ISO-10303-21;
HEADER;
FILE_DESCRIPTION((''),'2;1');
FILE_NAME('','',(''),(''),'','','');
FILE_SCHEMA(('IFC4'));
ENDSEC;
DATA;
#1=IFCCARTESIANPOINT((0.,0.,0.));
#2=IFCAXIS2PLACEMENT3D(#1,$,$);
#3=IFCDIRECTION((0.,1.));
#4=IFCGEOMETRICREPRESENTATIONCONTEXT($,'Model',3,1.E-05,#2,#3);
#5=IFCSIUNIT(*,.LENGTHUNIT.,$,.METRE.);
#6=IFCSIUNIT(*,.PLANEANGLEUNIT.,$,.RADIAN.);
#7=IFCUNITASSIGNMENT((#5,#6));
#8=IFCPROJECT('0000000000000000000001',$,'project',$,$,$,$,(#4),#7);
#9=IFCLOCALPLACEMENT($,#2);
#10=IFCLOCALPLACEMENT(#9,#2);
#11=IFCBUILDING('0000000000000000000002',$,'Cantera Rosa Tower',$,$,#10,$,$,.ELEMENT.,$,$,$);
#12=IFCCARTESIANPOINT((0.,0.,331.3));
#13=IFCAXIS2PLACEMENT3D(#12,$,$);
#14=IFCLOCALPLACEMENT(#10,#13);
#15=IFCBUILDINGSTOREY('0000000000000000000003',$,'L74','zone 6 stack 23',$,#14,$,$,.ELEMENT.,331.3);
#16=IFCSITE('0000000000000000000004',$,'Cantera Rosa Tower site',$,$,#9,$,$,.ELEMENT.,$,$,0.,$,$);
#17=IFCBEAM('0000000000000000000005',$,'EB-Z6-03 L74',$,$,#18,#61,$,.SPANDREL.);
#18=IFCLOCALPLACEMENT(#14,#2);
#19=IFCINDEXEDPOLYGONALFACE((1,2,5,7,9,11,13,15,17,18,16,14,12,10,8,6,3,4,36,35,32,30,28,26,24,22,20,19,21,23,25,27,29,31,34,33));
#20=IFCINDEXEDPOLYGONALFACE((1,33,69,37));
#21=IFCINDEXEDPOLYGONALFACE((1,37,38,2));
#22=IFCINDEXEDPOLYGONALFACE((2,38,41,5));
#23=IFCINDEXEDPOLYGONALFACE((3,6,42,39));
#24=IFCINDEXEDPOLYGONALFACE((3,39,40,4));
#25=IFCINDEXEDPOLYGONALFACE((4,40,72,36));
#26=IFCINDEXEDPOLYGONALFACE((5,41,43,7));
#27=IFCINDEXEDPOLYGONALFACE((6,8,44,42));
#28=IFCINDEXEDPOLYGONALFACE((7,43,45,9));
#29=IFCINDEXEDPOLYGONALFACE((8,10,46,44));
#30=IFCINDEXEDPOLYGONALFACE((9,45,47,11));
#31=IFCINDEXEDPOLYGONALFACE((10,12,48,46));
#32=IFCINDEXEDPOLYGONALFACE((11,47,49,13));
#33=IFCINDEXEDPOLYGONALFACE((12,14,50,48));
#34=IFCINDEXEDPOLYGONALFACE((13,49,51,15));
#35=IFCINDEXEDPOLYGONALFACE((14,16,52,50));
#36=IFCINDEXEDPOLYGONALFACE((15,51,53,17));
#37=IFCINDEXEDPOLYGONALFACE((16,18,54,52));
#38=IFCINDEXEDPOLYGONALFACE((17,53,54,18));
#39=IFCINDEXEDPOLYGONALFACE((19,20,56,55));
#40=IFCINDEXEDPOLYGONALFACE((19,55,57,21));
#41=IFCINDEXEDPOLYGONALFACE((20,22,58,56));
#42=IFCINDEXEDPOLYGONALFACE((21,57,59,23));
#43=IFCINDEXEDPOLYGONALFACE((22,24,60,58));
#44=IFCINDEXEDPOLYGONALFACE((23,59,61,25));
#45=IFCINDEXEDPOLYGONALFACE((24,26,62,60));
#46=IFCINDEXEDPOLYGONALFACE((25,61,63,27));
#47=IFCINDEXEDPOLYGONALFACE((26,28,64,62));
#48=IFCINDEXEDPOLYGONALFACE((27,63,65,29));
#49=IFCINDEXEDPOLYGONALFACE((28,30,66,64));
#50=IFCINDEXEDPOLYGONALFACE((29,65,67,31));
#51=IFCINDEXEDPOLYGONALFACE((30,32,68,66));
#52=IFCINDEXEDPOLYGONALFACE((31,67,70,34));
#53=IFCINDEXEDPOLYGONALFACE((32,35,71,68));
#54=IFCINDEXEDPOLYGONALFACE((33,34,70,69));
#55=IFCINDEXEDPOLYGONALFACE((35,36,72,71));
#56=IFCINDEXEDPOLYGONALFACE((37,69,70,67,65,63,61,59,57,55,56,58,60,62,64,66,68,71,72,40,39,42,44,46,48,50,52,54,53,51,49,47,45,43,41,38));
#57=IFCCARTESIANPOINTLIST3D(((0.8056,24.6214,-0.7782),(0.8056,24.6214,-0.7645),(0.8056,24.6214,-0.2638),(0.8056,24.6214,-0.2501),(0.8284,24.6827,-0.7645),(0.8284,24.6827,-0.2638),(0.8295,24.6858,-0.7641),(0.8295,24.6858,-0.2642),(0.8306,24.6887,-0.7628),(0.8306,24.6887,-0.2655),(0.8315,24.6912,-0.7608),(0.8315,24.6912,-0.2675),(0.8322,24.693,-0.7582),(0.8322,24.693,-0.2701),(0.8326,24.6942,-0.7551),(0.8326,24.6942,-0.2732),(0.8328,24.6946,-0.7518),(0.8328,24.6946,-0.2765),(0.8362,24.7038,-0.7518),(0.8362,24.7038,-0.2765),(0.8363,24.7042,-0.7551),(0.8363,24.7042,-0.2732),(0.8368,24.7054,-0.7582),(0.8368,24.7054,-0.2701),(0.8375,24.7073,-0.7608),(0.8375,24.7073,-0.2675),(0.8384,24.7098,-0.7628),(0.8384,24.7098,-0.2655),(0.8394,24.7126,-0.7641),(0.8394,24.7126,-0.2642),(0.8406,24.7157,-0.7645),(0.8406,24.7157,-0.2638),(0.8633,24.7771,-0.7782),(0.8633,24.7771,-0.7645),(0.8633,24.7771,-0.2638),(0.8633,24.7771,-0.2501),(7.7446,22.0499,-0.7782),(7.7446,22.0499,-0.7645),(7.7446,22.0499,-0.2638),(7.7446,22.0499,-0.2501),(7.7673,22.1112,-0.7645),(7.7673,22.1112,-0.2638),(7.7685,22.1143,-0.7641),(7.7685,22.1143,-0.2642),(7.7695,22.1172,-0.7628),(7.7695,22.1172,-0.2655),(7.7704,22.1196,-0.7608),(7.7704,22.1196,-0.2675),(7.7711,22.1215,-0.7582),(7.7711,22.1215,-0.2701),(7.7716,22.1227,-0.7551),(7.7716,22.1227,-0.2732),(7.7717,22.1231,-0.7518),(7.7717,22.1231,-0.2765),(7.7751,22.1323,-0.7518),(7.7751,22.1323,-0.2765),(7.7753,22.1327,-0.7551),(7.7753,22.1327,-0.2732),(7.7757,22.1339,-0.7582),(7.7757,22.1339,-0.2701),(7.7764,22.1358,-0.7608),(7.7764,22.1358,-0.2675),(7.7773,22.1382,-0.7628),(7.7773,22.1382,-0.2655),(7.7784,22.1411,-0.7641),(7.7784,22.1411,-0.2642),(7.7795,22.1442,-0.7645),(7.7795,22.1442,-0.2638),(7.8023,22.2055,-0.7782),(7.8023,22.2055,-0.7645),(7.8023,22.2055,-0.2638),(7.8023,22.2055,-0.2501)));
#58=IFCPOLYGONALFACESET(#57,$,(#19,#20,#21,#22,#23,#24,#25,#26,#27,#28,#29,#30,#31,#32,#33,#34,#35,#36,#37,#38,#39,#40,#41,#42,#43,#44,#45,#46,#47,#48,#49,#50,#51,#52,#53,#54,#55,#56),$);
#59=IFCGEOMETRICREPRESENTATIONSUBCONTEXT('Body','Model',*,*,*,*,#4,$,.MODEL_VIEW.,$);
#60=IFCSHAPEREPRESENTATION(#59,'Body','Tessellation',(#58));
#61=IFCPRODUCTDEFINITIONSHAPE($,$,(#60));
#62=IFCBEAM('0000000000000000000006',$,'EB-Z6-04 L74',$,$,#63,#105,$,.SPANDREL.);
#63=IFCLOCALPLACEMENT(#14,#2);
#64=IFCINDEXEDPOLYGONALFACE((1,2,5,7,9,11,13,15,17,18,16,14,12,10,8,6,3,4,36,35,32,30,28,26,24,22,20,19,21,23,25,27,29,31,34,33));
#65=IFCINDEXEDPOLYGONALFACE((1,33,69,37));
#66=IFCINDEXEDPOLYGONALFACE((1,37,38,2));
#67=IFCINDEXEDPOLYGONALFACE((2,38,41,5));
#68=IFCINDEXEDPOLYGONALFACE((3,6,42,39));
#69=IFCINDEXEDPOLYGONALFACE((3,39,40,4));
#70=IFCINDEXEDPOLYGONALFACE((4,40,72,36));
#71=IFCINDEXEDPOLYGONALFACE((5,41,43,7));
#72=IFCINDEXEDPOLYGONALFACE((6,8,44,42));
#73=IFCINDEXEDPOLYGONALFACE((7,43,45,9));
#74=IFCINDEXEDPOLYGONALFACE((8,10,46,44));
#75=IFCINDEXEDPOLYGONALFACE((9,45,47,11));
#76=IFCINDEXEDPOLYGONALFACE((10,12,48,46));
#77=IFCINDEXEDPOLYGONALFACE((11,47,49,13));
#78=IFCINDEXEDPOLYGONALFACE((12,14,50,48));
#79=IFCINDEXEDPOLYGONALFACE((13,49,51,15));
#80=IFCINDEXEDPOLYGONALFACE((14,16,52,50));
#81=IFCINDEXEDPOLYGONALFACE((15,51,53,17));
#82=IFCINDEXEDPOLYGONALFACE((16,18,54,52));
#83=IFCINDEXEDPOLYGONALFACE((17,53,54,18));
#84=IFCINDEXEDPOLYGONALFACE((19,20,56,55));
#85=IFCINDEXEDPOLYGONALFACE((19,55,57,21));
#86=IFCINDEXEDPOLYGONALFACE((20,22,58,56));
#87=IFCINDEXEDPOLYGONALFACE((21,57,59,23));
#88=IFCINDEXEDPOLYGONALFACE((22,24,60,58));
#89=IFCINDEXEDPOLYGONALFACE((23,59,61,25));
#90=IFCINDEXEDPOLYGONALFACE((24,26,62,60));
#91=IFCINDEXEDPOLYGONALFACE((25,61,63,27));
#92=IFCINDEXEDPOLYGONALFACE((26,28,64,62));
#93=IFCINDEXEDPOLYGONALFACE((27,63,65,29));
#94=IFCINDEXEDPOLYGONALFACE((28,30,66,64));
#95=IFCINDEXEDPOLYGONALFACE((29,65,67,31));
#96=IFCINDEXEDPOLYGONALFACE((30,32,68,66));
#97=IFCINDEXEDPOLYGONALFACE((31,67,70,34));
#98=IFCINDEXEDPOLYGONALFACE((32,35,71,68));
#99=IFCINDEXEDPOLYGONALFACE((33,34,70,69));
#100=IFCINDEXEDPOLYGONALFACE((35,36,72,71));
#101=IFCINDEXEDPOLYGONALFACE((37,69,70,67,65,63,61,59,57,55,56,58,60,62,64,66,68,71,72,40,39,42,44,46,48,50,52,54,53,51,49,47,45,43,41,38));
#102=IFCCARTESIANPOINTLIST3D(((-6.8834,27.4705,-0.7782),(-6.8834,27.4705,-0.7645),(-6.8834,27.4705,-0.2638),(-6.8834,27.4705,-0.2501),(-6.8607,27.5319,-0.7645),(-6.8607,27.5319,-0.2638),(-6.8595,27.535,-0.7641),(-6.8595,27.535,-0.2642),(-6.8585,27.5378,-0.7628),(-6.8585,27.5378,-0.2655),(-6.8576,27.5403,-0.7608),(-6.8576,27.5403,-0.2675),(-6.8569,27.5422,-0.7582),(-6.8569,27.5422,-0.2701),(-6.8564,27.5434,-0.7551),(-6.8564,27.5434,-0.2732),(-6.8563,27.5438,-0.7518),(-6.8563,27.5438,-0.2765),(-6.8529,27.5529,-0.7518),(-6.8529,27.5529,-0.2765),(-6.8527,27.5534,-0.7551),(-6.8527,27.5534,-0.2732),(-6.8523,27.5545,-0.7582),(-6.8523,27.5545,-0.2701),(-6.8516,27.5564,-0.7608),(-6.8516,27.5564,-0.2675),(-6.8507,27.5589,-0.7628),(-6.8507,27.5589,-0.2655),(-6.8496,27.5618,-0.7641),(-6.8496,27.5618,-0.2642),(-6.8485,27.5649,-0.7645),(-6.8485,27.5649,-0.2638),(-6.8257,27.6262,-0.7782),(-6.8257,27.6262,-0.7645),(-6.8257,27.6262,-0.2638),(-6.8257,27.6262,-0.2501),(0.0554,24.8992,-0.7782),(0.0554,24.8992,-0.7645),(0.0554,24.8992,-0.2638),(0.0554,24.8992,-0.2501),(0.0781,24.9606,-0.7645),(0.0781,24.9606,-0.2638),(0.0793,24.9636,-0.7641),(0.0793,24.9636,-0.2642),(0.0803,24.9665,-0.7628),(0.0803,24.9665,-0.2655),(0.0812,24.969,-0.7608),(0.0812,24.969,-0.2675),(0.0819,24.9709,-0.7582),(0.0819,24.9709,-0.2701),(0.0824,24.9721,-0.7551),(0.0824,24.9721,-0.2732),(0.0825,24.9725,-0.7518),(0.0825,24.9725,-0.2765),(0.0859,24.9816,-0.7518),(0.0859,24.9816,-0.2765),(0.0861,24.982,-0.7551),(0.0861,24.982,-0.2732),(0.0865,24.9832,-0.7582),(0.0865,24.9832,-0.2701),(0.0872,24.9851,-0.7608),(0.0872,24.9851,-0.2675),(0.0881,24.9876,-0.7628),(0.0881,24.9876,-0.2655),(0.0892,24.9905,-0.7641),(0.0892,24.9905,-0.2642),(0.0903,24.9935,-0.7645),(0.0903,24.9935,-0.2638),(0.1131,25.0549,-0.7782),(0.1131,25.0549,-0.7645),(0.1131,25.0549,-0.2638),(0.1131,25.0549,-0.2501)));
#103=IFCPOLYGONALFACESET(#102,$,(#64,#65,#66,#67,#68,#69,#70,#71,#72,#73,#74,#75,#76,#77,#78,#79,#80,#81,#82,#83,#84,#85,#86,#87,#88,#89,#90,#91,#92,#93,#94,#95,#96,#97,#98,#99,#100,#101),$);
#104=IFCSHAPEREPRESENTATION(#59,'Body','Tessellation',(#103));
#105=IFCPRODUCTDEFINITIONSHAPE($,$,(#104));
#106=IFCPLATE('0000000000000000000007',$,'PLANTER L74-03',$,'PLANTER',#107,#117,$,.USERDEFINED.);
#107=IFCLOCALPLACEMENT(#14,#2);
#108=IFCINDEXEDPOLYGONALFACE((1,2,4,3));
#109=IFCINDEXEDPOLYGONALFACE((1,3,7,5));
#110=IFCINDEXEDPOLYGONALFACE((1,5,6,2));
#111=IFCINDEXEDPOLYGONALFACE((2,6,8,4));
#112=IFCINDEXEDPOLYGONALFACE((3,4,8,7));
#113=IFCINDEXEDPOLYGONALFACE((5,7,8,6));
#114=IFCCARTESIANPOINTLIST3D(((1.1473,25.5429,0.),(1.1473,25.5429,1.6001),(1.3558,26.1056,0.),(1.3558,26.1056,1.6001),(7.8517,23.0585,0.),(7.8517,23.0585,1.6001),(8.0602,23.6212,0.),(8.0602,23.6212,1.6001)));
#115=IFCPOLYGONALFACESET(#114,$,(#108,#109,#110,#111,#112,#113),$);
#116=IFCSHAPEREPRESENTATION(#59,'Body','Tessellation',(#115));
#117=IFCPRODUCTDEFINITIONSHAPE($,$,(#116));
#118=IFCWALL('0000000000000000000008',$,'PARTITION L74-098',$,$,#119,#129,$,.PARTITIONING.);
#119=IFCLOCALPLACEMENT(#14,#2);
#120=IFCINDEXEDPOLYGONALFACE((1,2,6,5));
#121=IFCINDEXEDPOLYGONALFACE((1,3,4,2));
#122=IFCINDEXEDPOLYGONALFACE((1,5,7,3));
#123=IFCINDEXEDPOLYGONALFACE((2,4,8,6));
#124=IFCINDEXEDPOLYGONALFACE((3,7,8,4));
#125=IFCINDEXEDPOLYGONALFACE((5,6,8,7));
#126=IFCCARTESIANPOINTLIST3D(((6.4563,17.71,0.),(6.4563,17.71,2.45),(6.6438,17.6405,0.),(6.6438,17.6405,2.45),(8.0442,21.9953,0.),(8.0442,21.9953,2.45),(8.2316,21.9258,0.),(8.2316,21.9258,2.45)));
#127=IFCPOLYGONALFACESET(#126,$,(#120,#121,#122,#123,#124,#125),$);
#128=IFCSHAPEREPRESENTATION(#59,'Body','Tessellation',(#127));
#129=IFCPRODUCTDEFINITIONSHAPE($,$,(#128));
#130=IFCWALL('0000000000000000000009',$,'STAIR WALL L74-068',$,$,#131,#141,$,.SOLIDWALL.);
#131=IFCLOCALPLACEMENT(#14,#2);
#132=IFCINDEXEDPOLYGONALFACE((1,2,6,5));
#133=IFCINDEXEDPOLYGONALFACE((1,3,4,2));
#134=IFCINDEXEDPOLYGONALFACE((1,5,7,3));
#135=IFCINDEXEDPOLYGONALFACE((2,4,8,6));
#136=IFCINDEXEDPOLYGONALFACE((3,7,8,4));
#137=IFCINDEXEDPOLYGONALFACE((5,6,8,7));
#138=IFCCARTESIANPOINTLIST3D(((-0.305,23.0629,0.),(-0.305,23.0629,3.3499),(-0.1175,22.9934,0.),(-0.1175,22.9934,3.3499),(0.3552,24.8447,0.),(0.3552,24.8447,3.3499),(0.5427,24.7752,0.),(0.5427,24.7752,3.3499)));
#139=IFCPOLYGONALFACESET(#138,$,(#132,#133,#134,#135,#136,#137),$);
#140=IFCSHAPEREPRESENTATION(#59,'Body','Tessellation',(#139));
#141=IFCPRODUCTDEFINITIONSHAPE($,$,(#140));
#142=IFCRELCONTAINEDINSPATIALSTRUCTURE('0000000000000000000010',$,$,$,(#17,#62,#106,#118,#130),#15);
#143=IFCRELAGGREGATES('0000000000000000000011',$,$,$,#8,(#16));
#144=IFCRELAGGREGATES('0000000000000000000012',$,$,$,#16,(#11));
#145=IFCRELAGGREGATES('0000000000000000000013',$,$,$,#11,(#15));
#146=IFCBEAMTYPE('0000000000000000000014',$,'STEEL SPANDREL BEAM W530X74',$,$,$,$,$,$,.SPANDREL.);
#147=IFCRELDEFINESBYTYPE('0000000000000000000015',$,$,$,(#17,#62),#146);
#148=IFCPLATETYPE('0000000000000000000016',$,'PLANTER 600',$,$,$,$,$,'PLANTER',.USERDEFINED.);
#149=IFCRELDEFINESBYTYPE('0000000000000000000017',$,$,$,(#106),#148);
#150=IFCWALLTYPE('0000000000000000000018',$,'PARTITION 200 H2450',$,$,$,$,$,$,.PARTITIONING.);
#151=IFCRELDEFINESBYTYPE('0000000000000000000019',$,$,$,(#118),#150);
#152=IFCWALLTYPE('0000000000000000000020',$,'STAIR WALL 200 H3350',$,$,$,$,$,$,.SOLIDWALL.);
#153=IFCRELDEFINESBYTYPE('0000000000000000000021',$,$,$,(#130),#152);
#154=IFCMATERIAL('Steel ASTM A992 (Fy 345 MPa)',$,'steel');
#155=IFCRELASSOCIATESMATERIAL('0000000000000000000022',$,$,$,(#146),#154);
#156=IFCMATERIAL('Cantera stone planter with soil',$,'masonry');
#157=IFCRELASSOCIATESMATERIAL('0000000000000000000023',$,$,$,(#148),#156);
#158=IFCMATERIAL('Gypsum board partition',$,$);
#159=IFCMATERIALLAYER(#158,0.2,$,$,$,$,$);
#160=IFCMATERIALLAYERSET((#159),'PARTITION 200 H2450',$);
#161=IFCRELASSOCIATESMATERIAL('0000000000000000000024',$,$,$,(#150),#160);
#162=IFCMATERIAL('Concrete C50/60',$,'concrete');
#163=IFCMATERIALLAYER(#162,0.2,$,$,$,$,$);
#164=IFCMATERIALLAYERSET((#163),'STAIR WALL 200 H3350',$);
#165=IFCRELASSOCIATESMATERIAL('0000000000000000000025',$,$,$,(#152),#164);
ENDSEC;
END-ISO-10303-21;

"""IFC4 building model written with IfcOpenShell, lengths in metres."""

from ifc_helpers import new_model, si_unit, direction, frame, frame_2d, origin, origin_2d, place, context, subcontext, project, spatial, rectangle, i_section, extrude, material, layer, layer_set, material_profile, profile_set, type_object, element, save


model = new_model("IFC4")

# Units and contexts
model_context = context("Model", 3, precision=1e-05, world=origin(), true_north=direction((0.0, 1.0)))
body_context = subcontext(model_context, "Body", "Model", "MODEL_VIEW")
ifc_project = project(units=[si_unit("LENGTHUNIT", "METRE"), si_unit("PLANEANGLEUNIT", "RADIAN")], contexts=[model_context])

# Site, building, storey
site_placement = place(None, origin())
site = spatial("IfcSite", under=ifc_project, at=site_placement, Name="Cantera Rosa Tower site", CompositionType="ELEMENT", RefElevation=0.0)
building_placement = place(site_placement, origin())
building = spatial("IfcBuilding", under=site, at=building_placement, Name="Cantera Rosa Tower", CompositionType="ELEMENT")
storey_placement = place(building_placement, frame((0.0, 0.0, 331.3)))
storey = spatial("IfcBuildingStorey", under=building, at=storey_placement, Name="L74", Description="zone 6 stack 23", CompositionType="ELEMENT", Elevation=331.3)

# Beams
ifc_material_1 = material(Name="Steel ASTM A992 (Fy 345 MPa)", Category="steel")
ifc_material_profile_1 = material_profile(ifc_material_1, i_section(OverallWidth=0.166, OverallDepth=0.5281, WebThickness=0.0098, FlangeThickness=0.0137, FilletRadius=0.0127, at=origin_2d()), Name="W530X74")
ifc_profile_set_1 = profile_set([ifc_material_profile_1], Name="Steel ASTM A992 (Fy 345 MPa)")
beam_type_1 = type_object("IfcBeamType", Name="STEEL SPANDREL BEAM W530X74", PredefinedType="SPANDREL", material=ifc_profile_set_1)
beam_1_placement = place(storey_placement, frame((7.7734, 22.1277, -0.5142), z_axis=(-0.937681, 0.347498, 0.0), x_axis=(-0.347498, -0.937681, 0.0)))
element("IfcBeam", 1, at=beam_1_placement, inside=storey, type_object=beam_type_1, Name="EB-Z6-03 L74", PredefinedType="SPANDREL", context=body_context, shape_type="SweptSolid", body=[
    extrude(i_section(OverallWidth=0.166, OverallDepth=0.5281, WebThickness=0.0098, FlangeThickness=0.0137, FilletRadius=0.0127, at=origin_2d()), origin(), (0.0, 0.0, 1.0), 7.4001),
])
beam_2_placement = place(storey_placement, frame((0.0842, 24.9771, -0.5142), z_axis=(-0.937687, 0.34748, 0.0), x_axis=(-0.34748, -0.937687, 0.0)))
element("IfcBeam", 2, at=beam_2_placement, inside=storey, type_object=beam_type_1, Name="EB-Z6-04 L74", PredefinedType="SPANDREL", context=body_context, shape_type="SweptSolid", body=[
    extrude(i_section(OverallWidth=0.166, OverallDepth=0.5281, WebThickness=0.0098, FlangeThickness=0.0137, FilletRadius=0.0127, at=origin_2d()), origin(), (0.0, 0.0, 1.0), 7.3999),
])

# Plate
ifc_material_2 = material(Name="Cantera stone planter with soil", Category="masonry")
plate_type = type_object("IfcPlateType", Name="PLANTER 600", ElementType="PLANTER", PredefinedType="USERDEFINED", material=ifc_material_2)
plate_placement = place(storey_placement, frame((4.6038, 24.582, 0.0), z_axis=(0.0, 0.0, 1.0), x_axis=(-0.937687, 0.347481, 0.0)))
element("IfcPlate", 3, at=plate_placement, inside=storey, type_object=plate_type, Name="PLANTER L74-03", ObjectType="PLANTER", PredefinedType="USERDEFINED", context=body_context, shape_type="SweptSolid", body=[
    extrude(rectangle(XDim=7.1499, YDim=0.6001, at=origin_2d()), origin(), (0.0, 0.0, 1.0), 1.6001),
])

# Walls
ifc_material_3 = material(Name="Gypsum board partition")
ifc_layer_1 = layer(ifc_material_3, 0.2)
ifc_layer_set_1 = layer_set([ifc_layer_1], Name="PARTITION 200 H2450")
wall_type_1 = type_object("IfcWallType", Name="PARTITION 200 H2450", PredefinedType="PARTITIONING", material=ifc_layer_set_1)
wall_1_placement = place(storey_placement, frame((8.1379, 21.9607, 0.0), z_axis=(0.0, 0.0, 1.0), x_axis=(-0.34745, -0.937698, 0.0)))
element("IfcWall", 4, at=wall_1_placement, inside=storey, type_object=wall_type_1, Name="PARTITION L74-098", PredefinedType="PARTITIONING", context=body_context, shape_type="SweptSolid", body=[
    extrude(rectangle(XDim=4.5701, YDim=0.2, at=frame_2d((2.2852, 0.0))), origin(), (0.0, 0.0, 1.0), 2.45),
])
ifc_material_4 = material(Name="Concrete C50/60", Category="concrete")
ifc_layer_2 = layer(ifc_material_4, 0.2)
ifc_layer_set_2 = layer_set([ifc_layer_2], Name="STAIR WALL 200 H3350")
wall_type_2 = type_object("IfcWallType", Name="STAIR WALL 200 H3350", PredefinedType="SOLIDWALL", material=ifc_layer_set_2)
wall_2_placement = place(storey_placement, frame((0.449, 24.8101, 0.0), z_axis=(0.0, 0.0, 1.0), x_axis=(-0.347432, -0.937705, 0.0)))
element("IfcWall", 5, at=wall_2_placement, inside=storey, type_object=wall_type_2, Name="STAIR WALL L74-068", PredefinedType="SOLIDWALL", context=body_context, shape_type="SweptSolid", body=[
    extrude(rectangle(XDim=1.9001, YDim=0.2, at=frame_2d((0.9502, 0.0))), origin(), (0.0, 0.0, 1.0), 3.3499),
])

save(model, "model.ifc")
